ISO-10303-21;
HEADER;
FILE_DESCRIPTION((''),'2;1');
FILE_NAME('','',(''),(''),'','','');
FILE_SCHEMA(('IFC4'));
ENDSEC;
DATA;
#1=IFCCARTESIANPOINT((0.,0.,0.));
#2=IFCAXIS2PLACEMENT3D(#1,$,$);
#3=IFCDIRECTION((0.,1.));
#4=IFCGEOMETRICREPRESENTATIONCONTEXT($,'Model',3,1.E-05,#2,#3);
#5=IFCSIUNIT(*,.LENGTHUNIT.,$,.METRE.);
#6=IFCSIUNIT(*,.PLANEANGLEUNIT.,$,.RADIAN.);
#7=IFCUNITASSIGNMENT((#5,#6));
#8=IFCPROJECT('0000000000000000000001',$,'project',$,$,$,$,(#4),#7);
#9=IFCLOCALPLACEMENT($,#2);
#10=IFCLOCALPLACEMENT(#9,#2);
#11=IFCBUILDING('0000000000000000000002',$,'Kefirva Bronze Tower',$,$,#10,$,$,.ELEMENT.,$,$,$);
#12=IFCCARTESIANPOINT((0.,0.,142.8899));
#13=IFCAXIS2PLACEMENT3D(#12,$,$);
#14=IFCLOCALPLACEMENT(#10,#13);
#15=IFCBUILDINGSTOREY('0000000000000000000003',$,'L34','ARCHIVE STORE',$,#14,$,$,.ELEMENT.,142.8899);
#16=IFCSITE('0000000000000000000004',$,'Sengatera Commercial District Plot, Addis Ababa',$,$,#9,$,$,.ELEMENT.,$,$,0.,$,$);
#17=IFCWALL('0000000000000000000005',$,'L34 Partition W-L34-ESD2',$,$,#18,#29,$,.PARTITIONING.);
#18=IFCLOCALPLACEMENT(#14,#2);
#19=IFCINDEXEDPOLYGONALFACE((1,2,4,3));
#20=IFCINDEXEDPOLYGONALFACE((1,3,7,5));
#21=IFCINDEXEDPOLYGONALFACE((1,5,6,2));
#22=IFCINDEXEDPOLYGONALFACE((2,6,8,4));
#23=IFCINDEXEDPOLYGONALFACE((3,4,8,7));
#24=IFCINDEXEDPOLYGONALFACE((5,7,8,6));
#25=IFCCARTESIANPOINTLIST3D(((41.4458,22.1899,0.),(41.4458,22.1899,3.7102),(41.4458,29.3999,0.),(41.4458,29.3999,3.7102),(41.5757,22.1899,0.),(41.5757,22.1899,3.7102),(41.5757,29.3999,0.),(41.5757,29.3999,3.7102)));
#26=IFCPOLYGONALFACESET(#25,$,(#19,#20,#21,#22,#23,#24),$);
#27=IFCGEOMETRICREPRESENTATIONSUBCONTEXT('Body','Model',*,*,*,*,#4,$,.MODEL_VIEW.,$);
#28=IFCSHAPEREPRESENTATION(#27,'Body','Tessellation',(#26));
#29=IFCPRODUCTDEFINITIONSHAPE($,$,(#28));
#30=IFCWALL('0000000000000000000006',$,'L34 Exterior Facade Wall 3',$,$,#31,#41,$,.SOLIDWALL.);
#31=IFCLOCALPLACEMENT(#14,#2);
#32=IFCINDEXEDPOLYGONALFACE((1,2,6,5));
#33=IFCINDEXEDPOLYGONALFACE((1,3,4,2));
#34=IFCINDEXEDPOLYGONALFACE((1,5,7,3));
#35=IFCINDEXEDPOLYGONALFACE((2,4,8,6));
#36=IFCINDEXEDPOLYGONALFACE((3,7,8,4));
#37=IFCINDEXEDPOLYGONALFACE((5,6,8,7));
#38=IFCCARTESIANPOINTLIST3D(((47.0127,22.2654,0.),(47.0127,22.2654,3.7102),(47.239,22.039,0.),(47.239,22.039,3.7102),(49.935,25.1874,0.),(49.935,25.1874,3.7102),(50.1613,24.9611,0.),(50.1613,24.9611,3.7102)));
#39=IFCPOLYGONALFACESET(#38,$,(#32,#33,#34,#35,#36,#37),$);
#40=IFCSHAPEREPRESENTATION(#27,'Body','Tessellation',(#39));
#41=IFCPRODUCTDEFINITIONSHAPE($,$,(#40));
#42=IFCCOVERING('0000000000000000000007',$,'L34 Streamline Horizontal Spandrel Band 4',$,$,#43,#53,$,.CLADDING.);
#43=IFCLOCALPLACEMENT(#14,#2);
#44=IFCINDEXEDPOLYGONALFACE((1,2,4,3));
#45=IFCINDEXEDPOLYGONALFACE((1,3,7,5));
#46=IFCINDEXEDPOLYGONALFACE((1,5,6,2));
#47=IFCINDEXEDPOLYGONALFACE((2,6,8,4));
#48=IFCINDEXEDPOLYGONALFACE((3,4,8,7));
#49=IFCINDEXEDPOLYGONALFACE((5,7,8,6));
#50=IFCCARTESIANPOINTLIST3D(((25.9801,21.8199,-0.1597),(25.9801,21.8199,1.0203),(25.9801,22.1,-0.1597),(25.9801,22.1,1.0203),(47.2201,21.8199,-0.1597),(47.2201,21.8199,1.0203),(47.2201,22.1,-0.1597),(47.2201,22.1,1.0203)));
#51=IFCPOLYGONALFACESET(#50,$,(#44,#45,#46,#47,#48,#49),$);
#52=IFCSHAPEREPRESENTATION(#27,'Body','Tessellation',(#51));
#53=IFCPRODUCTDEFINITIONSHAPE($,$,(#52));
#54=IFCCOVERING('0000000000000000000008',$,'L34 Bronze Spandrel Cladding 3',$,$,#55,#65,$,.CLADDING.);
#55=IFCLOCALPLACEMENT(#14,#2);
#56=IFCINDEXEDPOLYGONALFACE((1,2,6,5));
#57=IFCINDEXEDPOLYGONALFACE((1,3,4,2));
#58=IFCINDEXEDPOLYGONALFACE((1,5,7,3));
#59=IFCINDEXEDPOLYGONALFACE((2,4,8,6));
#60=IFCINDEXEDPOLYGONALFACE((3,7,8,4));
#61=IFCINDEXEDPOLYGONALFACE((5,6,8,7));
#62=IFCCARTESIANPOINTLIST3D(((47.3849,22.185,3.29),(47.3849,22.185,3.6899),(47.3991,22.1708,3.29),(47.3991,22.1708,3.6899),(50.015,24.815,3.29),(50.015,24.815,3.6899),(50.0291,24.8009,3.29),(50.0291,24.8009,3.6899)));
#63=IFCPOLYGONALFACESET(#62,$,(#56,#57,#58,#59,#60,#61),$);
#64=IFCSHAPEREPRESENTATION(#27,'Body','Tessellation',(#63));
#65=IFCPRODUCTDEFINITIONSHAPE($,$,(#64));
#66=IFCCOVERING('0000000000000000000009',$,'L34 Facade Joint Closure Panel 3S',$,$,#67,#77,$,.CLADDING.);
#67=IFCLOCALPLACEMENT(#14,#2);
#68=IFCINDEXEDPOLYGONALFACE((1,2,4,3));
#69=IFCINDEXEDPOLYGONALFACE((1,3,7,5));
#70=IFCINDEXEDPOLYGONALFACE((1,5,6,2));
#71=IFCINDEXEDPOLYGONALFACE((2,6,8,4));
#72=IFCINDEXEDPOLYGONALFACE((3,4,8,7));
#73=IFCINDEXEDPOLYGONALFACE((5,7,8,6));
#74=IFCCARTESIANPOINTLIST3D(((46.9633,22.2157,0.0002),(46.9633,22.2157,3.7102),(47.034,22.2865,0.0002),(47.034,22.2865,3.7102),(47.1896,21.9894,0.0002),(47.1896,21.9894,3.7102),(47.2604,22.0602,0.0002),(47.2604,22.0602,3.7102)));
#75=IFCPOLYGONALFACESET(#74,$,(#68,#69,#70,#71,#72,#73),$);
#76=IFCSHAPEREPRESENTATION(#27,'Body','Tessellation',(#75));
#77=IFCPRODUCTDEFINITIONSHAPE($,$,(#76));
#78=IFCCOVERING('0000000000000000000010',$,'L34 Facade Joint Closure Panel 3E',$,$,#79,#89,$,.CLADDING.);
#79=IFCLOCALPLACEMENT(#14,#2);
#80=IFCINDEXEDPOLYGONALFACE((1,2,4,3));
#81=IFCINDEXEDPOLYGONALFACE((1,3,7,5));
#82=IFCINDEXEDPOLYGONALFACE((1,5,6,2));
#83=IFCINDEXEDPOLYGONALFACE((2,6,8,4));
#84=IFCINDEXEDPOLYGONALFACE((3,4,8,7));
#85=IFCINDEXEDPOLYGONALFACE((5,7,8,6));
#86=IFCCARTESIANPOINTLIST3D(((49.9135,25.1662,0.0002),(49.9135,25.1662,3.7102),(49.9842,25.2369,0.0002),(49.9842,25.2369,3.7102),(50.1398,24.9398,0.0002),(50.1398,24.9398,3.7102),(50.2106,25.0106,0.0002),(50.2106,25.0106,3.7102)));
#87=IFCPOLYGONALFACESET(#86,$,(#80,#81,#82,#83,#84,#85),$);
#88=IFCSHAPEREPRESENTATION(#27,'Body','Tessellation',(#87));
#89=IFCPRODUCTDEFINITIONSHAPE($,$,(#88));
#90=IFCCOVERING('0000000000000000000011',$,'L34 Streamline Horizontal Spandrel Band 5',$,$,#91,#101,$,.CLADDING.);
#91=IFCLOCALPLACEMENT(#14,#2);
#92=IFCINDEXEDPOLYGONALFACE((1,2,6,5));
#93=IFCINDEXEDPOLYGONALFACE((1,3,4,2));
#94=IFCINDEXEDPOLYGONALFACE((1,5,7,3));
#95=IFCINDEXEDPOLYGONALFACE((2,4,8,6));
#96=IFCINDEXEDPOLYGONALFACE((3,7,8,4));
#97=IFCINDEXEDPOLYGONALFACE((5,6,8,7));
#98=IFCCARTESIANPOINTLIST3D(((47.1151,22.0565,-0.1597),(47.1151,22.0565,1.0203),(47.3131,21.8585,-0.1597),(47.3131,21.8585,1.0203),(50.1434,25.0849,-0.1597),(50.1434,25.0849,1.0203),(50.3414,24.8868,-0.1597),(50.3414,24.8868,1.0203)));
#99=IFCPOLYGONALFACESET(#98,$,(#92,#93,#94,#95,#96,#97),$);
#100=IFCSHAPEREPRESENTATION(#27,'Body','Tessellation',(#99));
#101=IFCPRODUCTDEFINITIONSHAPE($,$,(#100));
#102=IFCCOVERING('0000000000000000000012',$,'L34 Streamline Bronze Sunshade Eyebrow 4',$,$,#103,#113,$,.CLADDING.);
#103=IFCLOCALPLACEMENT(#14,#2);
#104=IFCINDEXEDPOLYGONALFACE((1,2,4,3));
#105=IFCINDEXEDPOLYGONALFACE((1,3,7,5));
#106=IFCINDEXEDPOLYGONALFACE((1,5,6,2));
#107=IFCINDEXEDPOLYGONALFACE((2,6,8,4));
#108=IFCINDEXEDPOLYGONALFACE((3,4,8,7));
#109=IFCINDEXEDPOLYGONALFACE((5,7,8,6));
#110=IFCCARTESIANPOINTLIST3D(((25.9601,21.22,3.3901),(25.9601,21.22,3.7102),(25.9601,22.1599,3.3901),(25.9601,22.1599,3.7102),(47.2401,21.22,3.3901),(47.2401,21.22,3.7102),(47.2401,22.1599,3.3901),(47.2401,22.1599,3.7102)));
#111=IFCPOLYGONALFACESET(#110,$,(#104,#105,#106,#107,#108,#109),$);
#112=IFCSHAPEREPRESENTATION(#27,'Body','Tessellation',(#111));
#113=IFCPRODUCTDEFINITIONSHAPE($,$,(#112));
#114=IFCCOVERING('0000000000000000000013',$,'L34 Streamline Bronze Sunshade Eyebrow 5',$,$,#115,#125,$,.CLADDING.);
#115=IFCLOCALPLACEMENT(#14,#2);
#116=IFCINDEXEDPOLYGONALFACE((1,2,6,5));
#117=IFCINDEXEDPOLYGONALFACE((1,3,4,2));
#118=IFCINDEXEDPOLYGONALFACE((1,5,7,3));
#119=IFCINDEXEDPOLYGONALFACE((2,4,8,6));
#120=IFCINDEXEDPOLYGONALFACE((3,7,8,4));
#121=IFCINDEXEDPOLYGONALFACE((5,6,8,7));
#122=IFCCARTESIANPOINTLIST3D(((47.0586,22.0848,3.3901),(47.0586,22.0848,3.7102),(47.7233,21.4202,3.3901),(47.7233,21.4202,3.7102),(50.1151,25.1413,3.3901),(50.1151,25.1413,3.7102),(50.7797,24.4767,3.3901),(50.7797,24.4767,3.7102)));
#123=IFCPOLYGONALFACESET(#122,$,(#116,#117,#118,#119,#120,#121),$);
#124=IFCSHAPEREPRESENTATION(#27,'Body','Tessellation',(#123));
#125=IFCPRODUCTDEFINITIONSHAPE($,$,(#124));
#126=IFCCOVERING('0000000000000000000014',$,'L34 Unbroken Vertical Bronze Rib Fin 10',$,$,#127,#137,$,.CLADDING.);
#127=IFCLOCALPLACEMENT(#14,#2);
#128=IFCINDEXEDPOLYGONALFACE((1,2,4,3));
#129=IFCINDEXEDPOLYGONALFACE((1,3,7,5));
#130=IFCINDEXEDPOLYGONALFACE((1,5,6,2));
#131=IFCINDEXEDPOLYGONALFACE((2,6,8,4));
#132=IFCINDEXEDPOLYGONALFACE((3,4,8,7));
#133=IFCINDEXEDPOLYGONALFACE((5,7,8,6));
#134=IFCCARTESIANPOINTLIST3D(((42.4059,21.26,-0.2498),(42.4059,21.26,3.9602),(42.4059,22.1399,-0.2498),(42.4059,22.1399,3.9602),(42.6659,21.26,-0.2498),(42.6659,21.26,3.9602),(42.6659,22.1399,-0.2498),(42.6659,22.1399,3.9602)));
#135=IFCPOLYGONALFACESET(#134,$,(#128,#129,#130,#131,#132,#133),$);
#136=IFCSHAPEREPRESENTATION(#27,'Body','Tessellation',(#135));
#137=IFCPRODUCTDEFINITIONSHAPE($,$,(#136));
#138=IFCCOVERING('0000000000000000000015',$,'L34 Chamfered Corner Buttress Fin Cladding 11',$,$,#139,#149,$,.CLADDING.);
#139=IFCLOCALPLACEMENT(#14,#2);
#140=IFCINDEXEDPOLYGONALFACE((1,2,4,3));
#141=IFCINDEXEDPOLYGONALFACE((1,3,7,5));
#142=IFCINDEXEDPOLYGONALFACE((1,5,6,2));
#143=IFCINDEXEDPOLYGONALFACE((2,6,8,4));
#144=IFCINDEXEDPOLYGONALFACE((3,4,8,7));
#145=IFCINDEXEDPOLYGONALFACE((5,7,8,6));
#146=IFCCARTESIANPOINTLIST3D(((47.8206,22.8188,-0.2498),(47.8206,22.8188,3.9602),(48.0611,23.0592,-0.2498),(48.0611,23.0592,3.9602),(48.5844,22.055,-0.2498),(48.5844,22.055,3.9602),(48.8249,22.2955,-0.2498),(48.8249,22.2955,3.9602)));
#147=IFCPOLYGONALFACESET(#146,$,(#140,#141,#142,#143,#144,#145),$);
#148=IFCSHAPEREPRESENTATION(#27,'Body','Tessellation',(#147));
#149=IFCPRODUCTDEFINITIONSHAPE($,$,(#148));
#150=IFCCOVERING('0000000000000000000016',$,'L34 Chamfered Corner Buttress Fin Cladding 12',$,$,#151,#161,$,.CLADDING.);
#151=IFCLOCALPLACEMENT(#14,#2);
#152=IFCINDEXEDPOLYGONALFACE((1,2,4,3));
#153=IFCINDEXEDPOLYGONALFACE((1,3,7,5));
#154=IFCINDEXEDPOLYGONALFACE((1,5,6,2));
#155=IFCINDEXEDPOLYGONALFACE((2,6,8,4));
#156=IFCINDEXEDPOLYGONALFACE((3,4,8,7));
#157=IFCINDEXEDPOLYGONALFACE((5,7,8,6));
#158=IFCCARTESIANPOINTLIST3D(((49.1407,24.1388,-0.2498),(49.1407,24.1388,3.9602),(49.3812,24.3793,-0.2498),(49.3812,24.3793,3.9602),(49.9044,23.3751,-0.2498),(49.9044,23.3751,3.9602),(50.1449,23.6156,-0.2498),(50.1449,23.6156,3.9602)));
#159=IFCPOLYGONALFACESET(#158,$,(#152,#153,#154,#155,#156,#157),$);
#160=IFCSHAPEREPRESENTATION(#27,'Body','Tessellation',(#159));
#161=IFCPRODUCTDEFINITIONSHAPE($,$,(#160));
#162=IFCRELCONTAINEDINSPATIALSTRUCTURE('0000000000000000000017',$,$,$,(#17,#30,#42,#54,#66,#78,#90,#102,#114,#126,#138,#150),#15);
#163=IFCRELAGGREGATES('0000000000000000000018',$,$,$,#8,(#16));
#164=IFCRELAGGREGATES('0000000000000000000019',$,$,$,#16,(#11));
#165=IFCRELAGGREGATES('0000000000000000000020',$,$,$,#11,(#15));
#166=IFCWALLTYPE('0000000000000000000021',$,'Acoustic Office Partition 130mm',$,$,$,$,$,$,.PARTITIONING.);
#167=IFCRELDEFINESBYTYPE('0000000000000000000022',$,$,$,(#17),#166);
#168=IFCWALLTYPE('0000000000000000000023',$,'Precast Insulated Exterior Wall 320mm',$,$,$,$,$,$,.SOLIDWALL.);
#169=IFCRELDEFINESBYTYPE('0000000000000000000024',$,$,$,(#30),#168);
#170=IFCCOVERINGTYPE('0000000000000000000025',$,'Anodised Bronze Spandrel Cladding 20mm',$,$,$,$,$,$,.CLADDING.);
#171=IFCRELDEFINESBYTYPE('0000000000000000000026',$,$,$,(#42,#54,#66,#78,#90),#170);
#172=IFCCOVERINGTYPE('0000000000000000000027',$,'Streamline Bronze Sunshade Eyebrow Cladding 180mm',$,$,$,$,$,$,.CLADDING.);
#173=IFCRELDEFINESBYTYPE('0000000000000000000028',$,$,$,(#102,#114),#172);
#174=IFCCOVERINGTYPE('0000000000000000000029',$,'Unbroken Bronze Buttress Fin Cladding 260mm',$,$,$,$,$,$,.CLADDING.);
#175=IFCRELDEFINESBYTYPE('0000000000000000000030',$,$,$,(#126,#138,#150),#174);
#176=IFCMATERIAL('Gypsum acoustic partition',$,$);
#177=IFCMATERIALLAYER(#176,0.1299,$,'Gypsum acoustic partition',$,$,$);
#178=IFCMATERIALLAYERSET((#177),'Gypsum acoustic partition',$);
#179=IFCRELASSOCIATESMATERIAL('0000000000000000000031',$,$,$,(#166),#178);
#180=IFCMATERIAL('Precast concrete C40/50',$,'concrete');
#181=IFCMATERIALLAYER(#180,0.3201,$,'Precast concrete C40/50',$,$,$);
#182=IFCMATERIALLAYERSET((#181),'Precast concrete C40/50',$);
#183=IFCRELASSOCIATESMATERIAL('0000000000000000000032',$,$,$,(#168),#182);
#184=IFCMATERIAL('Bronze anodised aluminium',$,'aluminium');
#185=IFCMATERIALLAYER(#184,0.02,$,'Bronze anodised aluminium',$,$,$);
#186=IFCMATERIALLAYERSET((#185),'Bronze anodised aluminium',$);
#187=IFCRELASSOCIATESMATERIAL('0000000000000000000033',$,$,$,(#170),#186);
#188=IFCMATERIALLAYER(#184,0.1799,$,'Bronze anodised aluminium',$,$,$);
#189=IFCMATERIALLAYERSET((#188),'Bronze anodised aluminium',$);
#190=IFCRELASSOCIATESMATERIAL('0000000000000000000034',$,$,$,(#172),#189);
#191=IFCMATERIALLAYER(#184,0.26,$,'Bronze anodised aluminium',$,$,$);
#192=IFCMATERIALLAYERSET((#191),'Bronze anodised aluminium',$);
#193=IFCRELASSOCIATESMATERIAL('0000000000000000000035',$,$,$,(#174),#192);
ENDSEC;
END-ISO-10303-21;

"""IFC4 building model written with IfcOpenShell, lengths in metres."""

from ifc_helpers import new_model, si_unit, direction, frame, frame_2d, origin, origin_2d, place, context, subcontext, project, spatial, rectangle, extrude, material, layer, layer_set, type_object, element, save


model = new_model("IFC4")

# Units and contexts
model_context = context("Model", 3, precision=1e-05, world=origin(), true_north=direction((0.0, 1.0)))
body_context = subcontext(model_context, "Body", "Model", "MODEL_VIEW")
ifc_project = project(units=[si_unit("LENGTHUNIT", "METRE"), si_unit("PLANEANGLEUNIT", "RADIAN")], contexts=[model_context])

# Site, building, storey
site_placement = place(None, origin())
site = spatial("IfcSite", under=ifc_project, at=site_placement, Name="Sengatera Commercial District Plot, Addis Ababa", CompositionType="ELEMENT", RefElevation=0.0)
building_placement = place(site_placement, origin())
building = spatial("IfcBuilding", under=site, at=building_placement, Name="Kefirva Bronze Tower", CompositionType="ELEMENT")
storey_placement = place(building_placement, frame((0.0, 0.0, 142.8899)))
storey = spatial("IfcBuildingStorey", under=building, at=storey_placement, Name="L34", Description="ARCHIVE STORE", CompositionType="ELEMENT", Elevation=142.8899)

# Shared definitions
ifc_material_1 = material(Name="Bronze anodised aluminium", Category="aluminium")

# Walls
ifc_material_2 = material(Name="Gypsum acoustic partition")
ifc_layer_1 = layer(ifc_material_2, 0.1299, Name="Gypsum acoustic partition")
ifc_layer_set_1 = layer_set([ifc_layer_1], Name="Gypsum acoustic partition")
wall_type_1 = type_object("IfcWallType", Name="Acoustic Office Partition 130mm", PredefinedType="PARTITIONING", material=ifc_layer_set_1)
wall_1_placement = place(storey_placement, frame((41.5107, 22.1899, 0.0), z_axis=(0.0, 0.0, 1.0), x_axis=(0.0, 1.0, 0.0)))
element("IfcWall", 1, at=wall_1_placement, inside=storey, type_object=wall_type_1, Name="L34 Partition W-L34-ESD2", PredefinedType="PARTITIONING", context=body_context, shape_type="SweptSolid", body=[
    extrude(rectangle(XDim=7.21, YDim=0.1299, at=frame_2d((3.605, 0.0))), origin(), (0.0, 0.0, 1.0), 3.7102),
])
ifc_material_3 = material(Name="Precast concrete C40/50", Category="concrete")
ifc_layer_2 = layer(ifc_material_3, 0.3201, Name="Precast concrete C40/50")
ifc_layer_set_2 = layer_set([ifc_layer_2], Name="Precast concrete C40/50")
wall_type_2 = type_object("IfcWallType", Name="Precast Insulated Exterior Wall 320mm", PredefinedType="SOLIDWALL", material=ifc_layer_set_2)
wall_2_placement = place(storey_placement, frame((47.1257, 22.1521, 0.0), z_axis=(0.0, 0.0, 1.0), x_axis=(0.707136, 0.707077, 0.0)))
element("IfcWall", 2, at=wall_2_placement, inside=storey, type_object=wall_type_2, Name="L34 Exterior Facade Wall 3", PredefinedType="SOLIDWALL", context=body_context, shape_type="SweptSolid", body=[
    extrude(rectangle(XDim=4.1326, YDim=0.3201, at=frame_2d((2.0664, 0.0))), origin(), (0.0, 0.0, 1.0), 3.7102),
])

# Coverings
ifc_layer_3 = layer(ifc_material_1, 0.02, Name="Bronze anodised aluminium")
ifc_layer_set_3 = layer_set([ifc_layer_3], Name="Bronze anodised aluminium")
covering_type_1 = type_object("IfcCoveringType", Name="Anodised Bronze Spandrel Cladding 20mm", PredefinedType="CLADDING", material=ifc_layer_set_3)
covering_1_placement = place(storey_placement, frame((36.6001, 21.96, -0.1597), z_axis=(0.0, 0.0, 1.0), x_axis=(1.0, 0.0, 0.0)))
element("IfcCovering", 3, at=covering_1_placement, inside=storey, type_object=covering_type_1, Name="L34 Streamline Horizontal Spandrel Band 4", PredefinedType="CLADDING", context=body_context, shape_type="SweptSolid", body=[
    extrude(rectangle(XDim=21.24, YDim=0.28, at=origin_2d()), origin(), (0.0, 0.0, 1.0), 1.1799),
])
covering_2_placement = place(storey_placement, frame((48.707, 23.4929, 3.29), z_axis=(0.0, 0.0, 1.0), x_axis=(0.707107, 0.707107, 0.0)))
element("IfcCovering", 4, at=covering_2_placement, inside=storey, type_object=covering_type_1, Name="L34 Bronze Spandrel Cladding 3", PredefinedType="CLADDING", context=body_context, shape_type="SweptSolid", body=[
    extrude(rectangle(XDim=3.7195, YDim=0.02, at=origin_2d()), origin(), (0.0, 0.0, 1.0), 0.3999),
])
for number, where, z_axis, x_axis, name in (
    (5, (47.1118, 22.1379, 0.0002), (0.0, 0.0, 1.0), (0.707107, 0.707107, 0.0), "L34 Facade Joint Closure Panel 3S"),
    (6, (50.062, 25.0884, 0.0002), (0.0, 0.0, 1.0), (0.707107, 0.707107, 0.0), "L34 Facade Joint Closure Panel 3E"),
):
    element("IfcCovering", number, at=place(storey_placement, frame(where, z_axis=z_axis, x_axis=x_axis)), inside=storey, type_object=covering_type_1, Name=name, PredefinedType="CLADDING", context=body_context, shape_type="SweptSolid", body=[
        extrude(rectangle(XDim=0.1001, YDim=0.3201, at=origin_2d()), origin(), (0.0, 0.0, 1.0), 3.71),
    ])
covering_3_placement = place(storey_placement, frame((48.7283, 23.4717, -0.1597), z_axis=(0.0, 0.0, 1.0), x_axis=(0.707107, 0.707107, 0.0)))
element("IfcCovering", 7, at=covering_3_placement, inside=storey, type_object=covering_type_1, Name="L34 Streamline Horizontal Spandrel Band 5", PredefinedType="CLADDING", context=body_context, shape_type="SweptSolid", body=[
    extrude(rectangle(XDim=4.2827, YDim=0.28, at=origin_2d()), origin(), (0.0, 0.0, 1.0), 1.1799),
])
ifc_layer_4 = layer(ifc_material_1, 0.1799, Name="Bronze anodised aluminium")
ifc_layer_set_4 = layer_set([ifc_layer_4], Name="Bronze anodised aluminium")
covering_type_2 = type_object("IfcCoveringType", Name="Streamline Bronze Sunshade Eyebrow Cladding 180mm", PredefinedType="CLADDING", material=ifc_layer_set_4)
covering_4_placement = place(storey_placement, frame((36.6001, 21.6899, 3.3901), z_axis=(0.0, 0.0, 1.0), x_axis=(1.0, 0.0, 0.0)))
element("IfcCovering", 8, at=covering_4_placement, inside=storey, type_object=covering_type_2, Name="L34 Streamline Bronze Sunshade Eyebrow 4", PredefinedType="CLADDING", context=body_context, shape_type="SweptSolid", body=[
    extrude(rectangle(XDim=21.28, YDim=0.9399, at=origin_2d()), origin(), (0.0, 0.0, 1.0), 0.3201),
])
covering_5_placement = place(storey_placement, frame((48.9192, 23.2808, 3.3901), z_axis=(0.0, 0.0, 1.0), x_axis=(0.707107, 0.707107, 0.0)))
element("IfcCovering", 9, at=covering_5_placement, inside=storey, type_object=covering_type_2, Name="L34 Streamline Bronze Sunshade Eyebrow 5", PredefinedType="CLADDING", context=body_context, shape_type="SweptSolid", body=[
    extrude(rectangle(XDim=4.3225, YDim=0.9399, at=origin_2d()), origin(), (0.0, 0.0, 1.0), 0.3201),
])
ifc_layer_5 = layer(ifc_material_1, 0.26, Name="Bronze anodised aluminium")
ifc_layer_set_5 = layer_set([ifc_layer_5], Name="Bronze anodised aluminium")
covering_type_3 = type_object("IfcCoveringType", Name="Unbroken Bronze Buttress Fin Cladding 260mm", PredefinedType="CLADDING", material=ifc_layer_set_5)
covering_6_placement = place(storey_placement, frame((42.5359, 21.7, -0.2498), z_axis=(0.0, 0.0, 1.0), x_axis=(1.0, 0.0, 0.0)))
element("IfcCovering", 10, at=covering_6_placement, inside=storey, type_object=covering_type_3, Name="L34 Unbroken Vertical Bronze Rib Fin 10", PredefinedType="CLADDING", context=body_context, shape_type="SweptSolid", body=[
    extrude(rectangle(XDim=0.26, YDim=0.8799, at=origin_2d()), origin(), (0.0, 0.0, 1.0), 4.21),
])
for number, where, z_axis, x_axis, name in (
    (11, (48.3228, 22.5571, -0.2498), (0.0, 0.0, 1.0), (0.707107, 0.707107, 0.0), "L34 Chamfered Corner Buttress Fin Cladding 11"),
    (12, (49.6428, 23.8772, -0.2498), (0.0, 0.0, 1.0), (0.707107, 0.707107, 0.0), "L34 Chamfered Corner Buttress Fin Cladding 12"),
):
    element("IfcCovering", number, at=place(storey_placement, frame(where, z_axis=z_axis, x_axis=x_axis)), inside=storey, type_object=covering_type_3, Name=name, PredefinedType="CLADDING", context=body_context, shape_type="SweptSolid", body=[
        extrude(rectangle(XDim=0.3401, YDim=1.0801, at=origin_2d()), origin(), (0.0, 0.0, 1.0), 4.21),
    ])

save(model, "model.ifc")
